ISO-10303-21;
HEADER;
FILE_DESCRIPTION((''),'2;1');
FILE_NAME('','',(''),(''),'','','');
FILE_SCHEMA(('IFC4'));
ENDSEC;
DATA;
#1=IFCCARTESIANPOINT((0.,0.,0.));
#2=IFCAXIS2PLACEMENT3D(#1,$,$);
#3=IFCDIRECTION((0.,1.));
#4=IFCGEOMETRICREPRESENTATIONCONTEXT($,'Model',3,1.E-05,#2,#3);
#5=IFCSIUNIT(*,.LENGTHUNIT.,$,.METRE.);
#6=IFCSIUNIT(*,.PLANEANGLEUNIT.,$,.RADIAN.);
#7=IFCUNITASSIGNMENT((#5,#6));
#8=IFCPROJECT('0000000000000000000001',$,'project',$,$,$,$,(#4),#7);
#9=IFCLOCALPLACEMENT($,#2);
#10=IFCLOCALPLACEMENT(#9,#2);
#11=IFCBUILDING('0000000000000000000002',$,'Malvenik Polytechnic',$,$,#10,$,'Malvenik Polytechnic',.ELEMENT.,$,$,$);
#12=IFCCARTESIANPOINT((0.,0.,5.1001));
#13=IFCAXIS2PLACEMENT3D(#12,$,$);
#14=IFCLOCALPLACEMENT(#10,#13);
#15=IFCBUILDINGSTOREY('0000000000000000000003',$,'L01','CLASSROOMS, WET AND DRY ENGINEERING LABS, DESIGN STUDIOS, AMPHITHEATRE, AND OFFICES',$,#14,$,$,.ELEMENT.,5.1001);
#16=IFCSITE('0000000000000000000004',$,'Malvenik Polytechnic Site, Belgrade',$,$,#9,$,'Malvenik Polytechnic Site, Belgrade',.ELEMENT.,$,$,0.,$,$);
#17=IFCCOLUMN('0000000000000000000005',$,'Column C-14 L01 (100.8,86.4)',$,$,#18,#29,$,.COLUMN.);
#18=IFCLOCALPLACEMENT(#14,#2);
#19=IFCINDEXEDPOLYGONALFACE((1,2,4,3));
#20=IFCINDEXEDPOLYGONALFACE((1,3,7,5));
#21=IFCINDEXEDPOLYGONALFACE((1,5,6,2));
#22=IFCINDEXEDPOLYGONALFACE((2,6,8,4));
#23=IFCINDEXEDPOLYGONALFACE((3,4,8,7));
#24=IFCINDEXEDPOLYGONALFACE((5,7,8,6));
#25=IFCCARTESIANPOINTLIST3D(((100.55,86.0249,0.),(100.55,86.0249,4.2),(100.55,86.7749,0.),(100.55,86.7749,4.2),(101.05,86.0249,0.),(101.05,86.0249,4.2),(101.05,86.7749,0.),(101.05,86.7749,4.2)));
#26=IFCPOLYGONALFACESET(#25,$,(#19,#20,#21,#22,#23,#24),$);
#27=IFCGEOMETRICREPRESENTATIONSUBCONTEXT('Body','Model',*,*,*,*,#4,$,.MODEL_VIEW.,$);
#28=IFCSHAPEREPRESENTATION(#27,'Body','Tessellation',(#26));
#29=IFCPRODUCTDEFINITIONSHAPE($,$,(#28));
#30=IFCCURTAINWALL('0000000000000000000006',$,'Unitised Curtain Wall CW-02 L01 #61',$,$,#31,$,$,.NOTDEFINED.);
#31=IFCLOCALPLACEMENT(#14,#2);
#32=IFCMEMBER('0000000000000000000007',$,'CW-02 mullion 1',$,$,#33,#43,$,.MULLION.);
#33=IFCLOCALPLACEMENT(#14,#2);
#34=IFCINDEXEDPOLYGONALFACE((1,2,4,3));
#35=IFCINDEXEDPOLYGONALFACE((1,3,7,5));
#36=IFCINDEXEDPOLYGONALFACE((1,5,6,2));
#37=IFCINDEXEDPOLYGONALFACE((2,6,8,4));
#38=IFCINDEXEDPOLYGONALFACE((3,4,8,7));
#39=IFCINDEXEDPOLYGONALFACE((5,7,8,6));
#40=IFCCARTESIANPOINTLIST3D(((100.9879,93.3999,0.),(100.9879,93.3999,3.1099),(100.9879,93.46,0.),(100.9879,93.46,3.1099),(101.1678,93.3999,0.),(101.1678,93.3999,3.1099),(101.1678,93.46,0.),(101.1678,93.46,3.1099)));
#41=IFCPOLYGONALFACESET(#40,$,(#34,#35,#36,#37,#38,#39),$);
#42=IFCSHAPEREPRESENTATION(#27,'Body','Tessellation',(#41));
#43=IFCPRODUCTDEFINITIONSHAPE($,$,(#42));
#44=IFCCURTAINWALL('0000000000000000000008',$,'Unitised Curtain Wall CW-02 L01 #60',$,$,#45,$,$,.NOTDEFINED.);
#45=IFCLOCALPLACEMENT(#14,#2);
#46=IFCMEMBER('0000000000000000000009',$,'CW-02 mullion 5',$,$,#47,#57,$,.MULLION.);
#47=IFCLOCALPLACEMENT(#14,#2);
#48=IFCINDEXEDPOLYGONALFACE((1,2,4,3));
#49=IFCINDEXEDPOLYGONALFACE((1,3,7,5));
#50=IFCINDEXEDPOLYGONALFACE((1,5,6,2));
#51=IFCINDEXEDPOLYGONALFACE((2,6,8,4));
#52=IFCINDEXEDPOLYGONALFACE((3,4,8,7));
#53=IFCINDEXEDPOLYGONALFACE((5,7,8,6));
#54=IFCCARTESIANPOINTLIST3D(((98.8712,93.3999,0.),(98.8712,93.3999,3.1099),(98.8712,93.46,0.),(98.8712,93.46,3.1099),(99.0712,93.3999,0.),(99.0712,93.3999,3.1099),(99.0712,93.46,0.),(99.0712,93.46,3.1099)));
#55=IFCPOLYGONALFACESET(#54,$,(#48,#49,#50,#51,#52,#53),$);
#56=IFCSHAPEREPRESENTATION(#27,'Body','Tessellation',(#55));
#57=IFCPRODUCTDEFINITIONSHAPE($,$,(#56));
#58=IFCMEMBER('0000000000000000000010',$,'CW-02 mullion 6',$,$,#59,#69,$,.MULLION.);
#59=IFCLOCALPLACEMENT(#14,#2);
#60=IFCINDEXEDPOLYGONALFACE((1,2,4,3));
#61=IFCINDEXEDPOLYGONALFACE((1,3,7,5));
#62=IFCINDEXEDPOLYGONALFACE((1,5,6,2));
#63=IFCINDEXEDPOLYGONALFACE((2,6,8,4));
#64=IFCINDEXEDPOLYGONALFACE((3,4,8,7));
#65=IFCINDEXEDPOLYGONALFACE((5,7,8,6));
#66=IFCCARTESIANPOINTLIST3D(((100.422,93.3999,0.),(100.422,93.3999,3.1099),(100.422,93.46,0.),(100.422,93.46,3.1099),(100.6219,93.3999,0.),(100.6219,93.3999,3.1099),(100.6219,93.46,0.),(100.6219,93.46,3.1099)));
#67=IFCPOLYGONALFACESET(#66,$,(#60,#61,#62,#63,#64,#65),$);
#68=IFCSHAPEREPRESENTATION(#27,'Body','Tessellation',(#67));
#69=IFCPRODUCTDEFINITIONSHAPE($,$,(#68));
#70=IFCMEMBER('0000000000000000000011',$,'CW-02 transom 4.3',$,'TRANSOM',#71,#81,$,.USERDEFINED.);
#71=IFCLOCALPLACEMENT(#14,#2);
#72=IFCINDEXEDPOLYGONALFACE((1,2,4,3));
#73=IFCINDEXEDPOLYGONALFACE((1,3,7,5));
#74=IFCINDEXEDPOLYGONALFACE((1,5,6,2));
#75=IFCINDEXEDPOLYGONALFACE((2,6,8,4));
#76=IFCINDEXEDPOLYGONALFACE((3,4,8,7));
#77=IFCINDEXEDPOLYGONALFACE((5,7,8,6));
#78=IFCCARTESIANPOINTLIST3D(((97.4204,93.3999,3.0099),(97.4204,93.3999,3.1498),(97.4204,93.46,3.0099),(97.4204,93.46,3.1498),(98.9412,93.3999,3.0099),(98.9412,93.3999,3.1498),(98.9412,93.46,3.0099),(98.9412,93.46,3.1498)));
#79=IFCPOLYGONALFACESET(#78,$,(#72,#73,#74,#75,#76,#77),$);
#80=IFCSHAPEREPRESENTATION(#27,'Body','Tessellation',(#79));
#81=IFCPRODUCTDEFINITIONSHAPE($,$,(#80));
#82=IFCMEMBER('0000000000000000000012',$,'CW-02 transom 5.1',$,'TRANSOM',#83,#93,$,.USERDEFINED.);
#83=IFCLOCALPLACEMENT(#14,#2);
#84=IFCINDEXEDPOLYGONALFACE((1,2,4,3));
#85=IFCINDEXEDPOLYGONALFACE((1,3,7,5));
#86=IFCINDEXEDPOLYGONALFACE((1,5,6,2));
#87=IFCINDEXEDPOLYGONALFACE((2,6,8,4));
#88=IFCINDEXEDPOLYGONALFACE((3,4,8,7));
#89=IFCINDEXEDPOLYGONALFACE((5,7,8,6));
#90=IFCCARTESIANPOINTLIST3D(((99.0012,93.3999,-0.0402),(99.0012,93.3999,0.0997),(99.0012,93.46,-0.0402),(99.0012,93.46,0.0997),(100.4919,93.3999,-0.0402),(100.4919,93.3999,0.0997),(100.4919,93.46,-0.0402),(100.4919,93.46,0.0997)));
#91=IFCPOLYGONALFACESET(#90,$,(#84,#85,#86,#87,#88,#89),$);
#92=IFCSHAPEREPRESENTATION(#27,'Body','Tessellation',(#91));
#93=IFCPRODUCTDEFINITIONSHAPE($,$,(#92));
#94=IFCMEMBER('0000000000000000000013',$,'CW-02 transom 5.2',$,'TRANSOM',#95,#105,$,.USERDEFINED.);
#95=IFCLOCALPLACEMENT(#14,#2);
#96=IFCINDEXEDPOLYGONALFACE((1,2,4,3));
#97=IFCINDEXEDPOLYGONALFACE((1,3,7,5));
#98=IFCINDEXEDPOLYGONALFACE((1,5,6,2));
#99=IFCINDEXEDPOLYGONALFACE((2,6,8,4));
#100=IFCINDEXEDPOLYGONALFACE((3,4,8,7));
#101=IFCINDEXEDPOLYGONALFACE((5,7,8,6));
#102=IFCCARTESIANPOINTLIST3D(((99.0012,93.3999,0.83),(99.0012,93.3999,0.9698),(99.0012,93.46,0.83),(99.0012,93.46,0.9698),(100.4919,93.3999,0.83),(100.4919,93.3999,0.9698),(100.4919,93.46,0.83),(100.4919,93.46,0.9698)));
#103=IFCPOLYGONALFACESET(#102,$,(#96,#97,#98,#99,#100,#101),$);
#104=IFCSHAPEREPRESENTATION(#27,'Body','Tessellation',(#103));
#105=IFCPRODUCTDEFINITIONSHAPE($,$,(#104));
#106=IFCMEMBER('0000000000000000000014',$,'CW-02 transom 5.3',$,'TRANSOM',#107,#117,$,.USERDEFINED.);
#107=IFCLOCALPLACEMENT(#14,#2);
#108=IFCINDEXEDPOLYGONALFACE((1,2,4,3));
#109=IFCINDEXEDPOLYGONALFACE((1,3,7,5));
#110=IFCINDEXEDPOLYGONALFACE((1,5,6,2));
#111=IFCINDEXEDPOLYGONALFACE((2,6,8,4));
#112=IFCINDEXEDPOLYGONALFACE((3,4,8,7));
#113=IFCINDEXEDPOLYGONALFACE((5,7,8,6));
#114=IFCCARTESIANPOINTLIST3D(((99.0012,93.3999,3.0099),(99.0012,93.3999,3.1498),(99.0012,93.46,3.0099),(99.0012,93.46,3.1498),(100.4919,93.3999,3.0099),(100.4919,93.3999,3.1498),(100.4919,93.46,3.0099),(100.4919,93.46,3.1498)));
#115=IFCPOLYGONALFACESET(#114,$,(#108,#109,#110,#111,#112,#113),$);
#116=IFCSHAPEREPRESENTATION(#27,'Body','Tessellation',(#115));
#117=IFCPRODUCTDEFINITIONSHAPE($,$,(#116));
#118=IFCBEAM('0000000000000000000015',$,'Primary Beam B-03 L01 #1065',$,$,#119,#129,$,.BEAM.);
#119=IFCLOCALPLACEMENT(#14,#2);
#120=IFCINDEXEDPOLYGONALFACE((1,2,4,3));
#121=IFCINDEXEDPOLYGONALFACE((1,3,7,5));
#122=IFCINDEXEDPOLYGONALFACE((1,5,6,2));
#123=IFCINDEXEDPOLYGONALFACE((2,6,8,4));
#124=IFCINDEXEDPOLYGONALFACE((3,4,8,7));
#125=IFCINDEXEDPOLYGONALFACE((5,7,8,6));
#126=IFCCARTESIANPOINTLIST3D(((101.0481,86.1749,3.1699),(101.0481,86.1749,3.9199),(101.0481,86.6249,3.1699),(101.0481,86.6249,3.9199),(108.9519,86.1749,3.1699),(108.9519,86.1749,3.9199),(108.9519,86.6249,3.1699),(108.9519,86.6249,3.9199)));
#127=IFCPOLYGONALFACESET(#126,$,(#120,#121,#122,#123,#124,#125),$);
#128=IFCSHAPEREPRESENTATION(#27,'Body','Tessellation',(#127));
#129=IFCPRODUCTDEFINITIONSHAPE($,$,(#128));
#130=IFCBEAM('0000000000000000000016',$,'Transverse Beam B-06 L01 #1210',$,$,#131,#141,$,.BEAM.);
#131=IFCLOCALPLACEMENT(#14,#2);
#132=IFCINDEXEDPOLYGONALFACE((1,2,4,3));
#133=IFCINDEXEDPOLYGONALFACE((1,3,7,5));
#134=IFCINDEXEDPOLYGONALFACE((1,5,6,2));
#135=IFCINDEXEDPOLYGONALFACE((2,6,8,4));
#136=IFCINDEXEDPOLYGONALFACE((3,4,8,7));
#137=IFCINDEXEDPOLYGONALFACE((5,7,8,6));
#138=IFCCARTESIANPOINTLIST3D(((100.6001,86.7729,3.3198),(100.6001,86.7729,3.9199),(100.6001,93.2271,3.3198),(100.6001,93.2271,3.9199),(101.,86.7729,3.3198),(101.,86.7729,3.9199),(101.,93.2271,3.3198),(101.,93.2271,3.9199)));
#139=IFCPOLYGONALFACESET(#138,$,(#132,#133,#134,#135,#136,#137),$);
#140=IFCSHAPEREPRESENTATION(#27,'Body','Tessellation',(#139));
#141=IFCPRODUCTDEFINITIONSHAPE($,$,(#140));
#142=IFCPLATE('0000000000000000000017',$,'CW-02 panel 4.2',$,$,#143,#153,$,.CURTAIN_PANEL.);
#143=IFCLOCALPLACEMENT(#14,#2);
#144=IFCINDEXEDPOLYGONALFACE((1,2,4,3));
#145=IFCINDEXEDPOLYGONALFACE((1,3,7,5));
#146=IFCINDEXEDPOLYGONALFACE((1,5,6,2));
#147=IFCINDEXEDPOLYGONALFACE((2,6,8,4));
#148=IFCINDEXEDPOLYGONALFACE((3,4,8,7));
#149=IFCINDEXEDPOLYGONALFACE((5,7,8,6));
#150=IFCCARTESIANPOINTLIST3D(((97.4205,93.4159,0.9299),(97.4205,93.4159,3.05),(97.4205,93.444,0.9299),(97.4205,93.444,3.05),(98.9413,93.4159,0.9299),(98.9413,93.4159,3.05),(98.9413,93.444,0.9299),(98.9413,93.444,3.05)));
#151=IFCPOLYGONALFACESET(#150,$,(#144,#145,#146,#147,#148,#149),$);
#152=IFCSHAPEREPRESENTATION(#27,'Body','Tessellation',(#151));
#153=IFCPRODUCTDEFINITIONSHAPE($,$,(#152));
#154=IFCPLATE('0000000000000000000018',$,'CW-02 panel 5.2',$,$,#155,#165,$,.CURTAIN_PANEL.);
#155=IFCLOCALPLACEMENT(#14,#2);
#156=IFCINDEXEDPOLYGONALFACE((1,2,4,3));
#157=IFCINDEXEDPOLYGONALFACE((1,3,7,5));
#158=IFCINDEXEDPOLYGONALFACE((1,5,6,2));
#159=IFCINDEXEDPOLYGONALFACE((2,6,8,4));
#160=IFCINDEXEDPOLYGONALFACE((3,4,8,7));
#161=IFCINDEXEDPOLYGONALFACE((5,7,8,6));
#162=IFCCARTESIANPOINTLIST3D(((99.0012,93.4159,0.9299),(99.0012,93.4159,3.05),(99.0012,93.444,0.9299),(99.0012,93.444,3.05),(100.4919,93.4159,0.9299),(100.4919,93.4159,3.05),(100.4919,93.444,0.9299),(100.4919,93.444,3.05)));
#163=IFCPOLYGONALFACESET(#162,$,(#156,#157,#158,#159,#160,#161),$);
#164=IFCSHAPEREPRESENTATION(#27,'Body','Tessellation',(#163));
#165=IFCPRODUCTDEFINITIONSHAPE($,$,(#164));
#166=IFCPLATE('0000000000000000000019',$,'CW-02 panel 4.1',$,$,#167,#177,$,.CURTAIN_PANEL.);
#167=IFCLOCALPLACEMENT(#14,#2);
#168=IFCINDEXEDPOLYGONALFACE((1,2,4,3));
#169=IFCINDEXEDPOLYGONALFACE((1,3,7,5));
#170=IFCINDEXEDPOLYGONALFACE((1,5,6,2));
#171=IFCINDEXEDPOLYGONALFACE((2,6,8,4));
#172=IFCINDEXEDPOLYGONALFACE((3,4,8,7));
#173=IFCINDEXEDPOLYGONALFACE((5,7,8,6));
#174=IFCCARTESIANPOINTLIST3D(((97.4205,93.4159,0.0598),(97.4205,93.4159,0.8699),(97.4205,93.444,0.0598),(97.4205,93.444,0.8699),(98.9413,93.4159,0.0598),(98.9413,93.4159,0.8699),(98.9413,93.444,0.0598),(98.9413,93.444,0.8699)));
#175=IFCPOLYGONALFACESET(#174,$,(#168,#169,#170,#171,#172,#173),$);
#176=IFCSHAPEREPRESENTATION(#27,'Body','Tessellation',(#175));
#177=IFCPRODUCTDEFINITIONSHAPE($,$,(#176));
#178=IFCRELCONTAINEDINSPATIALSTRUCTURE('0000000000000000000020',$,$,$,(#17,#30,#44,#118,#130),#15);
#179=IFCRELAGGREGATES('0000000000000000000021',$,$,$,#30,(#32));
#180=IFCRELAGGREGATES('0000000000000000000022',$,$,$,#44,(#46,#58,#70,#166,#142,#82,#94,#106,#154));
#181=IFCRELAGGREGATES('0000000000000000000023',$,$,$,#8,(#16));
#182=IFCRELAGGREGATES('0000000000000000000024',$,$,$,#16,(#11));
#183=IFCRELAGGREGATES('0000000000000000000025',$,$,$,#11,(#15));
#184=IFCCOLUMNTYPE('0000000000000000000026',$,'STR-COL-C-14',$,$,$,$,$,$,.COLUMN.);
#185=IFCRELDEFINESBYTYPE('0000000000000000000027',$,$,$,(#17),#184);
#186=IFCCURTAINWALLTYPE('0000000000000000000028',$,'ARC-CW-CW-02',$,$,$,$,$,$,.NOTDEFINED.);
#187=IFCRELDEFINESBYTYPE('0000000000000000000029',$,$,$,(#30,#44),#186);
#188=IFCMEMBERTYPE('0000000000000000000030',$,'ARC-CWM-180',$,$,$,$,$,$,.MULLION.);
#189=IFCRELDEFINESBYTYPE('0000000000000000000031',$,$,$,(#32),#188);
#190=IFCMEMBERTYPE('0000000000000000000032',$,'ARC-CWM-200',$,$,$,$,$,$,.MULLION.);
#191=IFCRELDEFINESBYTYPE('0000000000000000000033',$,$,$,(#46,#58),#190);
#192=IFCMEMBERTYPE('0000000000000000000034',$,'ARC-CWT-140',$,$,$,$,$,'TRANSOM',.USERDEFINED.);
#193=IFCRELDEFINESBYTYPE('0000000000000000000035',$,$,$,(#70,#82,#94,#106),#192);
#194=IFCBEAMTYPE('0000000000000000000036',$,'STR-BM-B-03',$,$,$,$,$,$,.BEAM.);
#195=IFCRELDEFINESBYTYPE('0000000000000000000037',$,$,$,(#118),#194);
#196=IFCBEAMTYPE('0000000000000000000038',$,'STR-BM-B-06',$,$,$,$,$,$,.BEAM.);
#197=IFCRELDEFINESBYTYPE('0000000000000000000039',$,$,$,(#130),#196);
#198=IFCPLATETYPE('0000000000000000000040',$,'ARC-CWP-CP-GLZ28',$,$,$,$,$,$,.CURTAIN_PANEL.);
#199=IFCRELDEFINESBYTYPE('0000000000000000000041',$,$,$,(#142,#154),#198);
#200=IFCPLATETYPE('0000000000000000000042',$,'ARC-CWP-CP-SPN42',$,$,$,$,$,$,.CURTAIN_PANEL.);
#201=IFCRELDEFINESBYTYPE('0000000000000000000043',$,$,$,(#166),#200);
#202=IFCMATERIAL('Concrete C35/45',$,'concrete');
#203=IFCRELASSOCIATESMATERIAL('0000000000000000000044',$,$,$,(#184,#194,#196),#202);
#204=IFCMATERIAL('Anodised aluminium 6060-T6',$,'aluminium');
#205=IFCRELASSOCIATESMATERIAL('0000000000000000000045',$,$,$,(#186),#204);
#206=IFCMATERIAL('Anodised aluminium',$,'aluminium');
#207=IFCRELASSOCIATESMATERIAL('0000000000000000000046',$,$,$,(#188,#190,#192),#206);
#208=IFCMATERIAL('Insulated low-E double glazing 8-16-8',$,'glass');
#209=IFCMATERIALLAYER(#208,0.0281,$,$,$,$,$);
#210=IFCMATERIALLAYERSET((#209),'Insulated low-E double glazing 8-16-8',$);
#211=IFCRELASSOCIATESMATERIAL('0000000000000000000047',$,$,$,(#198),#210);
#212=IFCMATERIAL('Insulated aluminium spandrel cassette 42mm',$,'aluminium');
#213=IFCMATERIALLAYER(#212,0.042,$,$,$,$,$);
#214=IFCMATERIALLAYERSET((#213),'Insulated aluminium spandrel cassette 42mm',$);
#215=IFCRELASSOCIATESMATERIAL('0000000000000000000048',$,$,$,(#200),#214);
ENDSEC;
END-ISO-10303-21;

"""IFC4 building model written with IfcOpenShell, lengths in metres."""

from ifc_helpers import new_model, si_unit, direction, frame, origin, origin_2d, place, context, subcontext, project, spatial, rectangle, extrude, material, layer, layer_set, material_profile, profile_set, type_object, element, aggregate, save


model = new_model("IFC4")

# Units and contexts
model_context = context("Model", 3, precision=1e-05, world=origin(), true_north=direction((0.0, 1.0)))
body_context = subcontext(model_context, "Body", "Model", "MODEL_VIEW")
ifc_project = project(units=[si_unit("LENGTHUNIT", "METRE"), si_unit("PLANEANGLEUNIT", "RADIAN")], contexts=[model_context])

# Site, building, storey
site_placement = place(None, origin())
site = spatial("IfcSite", under=ifc_project, at=site_placement, Name="Malvenik Polytechnic Site, Belgrade", LongName="Malvenik Polytechnic Site, Belgrade", CompositionType="ELEMENT", RefElevation=0.0)
building_placement = place(site_placement, origin())
building = spatial("IfcBuilding", under=site, at=building_placement, Name="Malvenik Polytechnic", LongName="Malvenik Polytechnic", CompositionType="ELEMENT")
storey_placement = place(building_placement, frame((0.0, 0.0, 5.1001)))
storey = spatial("IfcBuildingStorey", under=building, at=storey_placement, Name="L01", Description="CLASSROOMS, WET AND DRY ENGINEERING LABS, DESIGN STUDIOS, AMPHITHEATRE, AND OFFICES", CompositionType="ELEMENT", Elevation=5.1001)

# Column
ifc_material_1 = material(Name="Concrete C35/45", Category="concrete")
ifc_material_profile_1 = material_profile(ifc_material_1, rectangle(XDim=0.5, YDim=0.75, at=origin_2d()), Name="RC COL 750x500")
ifc_profile_set_1 = profile_set([ifc_material_profile_1], Name="Concrete C35/45")
column_type = type_object("IfcColumnType", Name="STR-COL-C-14", PredefinedType="COLUMN", material=ifc_profile_set_1)
column_placement = place(storey_placement, frame((100.8, 86.3999, 0.0), z_axis=(0.0, 0.0, 1.0), x_axis=(1.0, 0.0, 0.0)))
element("IfcColumn", 1, at=column_placement, inside=storey, type_object=column_type, Name="Column C-14 L01 (100.8,86.4)", PredefinedType="COLUMN", context=body_context, shape_type="SweptSolid", body=[
    extrude(rectangle(XDim=0.5, YDim=0.75, at=origin_2d()), origin(), (0.0, 0.0, 1.0), 4.2),
])

# Curtain wall, member
ifc_material_2 = material(Name="Anodised aluminium 6060-T6", Category="aluminium")
curtain_wall_type = type_object("IfcCurtainWallType", Name="ARC-CW-CW-02", PredefinedType="NOTDEFINED", material=ifc_material_2)
curtain_wall_1_placement = place(storey_placement, origin())
curtain_wall_1 = element("IfcCurtainWall", 2, at=curtain_wall_1_placement, inside=storey, type_object=curtain_wall_type, Name="Unitised Curtain Wall CW-02 L01 #61", PredefinedType="NOTDEFINED")
ifc_material_3 = material(Name="Anodised aluminium", Category="aluminium")
ifc_material_profile_2 = material_profile(ifc_material_3, rectangle(XDim=0.0601, YDim=0.1799, at=origin_2d()), Name="ALU MULLION 60x180")
ifc_profile_set_2 = profile_set([ifc_material_profile_2], Name="Anodised aluminium")
member_type_1 = type_object("IfcMemberType", Name="ARC-CWM-180", PredefinedType="MULLION", material=ifc_profile_set_2)
member_1_placement = place(storey_placement, frame((101.0779, 93.4299, 0.0), z_axis=(0.0, 0.0, 1.0), x_axis=(0.0, 1.0, 0.0)))
member_1 = element("IfcMember", 3, at=member_1_placement, type_object=member_type_1, Name="CW-02 mullion 1", PredefinedType="MULLION", context=body_context, shape_type="SweptSolid", body=[
    extrude(rectangle(XDim=0.0601, YDim=0.1799, at=origin_2d()), origin(), (0.0, 0.0, 1.0), 3.1099),
])
aggregate(curtain_wall_1, [member_1])

# Curtain wall, members
curtain_wall_2_placement = place(storey_placement, origin())
curtain_wall_2 = element("IfcCurtainWall", 4, at=curtain_wall_2_placement, inside=storey, type_object=curtain_wall_type, Name="Unitised Curtain Wall CW-02 L01 #60", PredefinedType="NOTDEFINED")
ifc_material_profile_3 = material_profile(ifc_material_3, rectangle(XDim=0.0601, YDim=0.2, at=origin_2d()), Name="ALU MULLION 60x200")
ifc_profile_set_3 = profile_set([ifc_material_profile_3], Name="Anodised aluminium")
member_type_2 = type_object("IfcMemberType", Name="ARC-CWM-200", PredefinedType="MULLION", material=ifc_profile_set_3)
member_2_placement = place(storey_placement, frame((98.9712, 93.4299, 0.0), z_axis=(0.0, 0.0, 1.0), x_axis=(0.0, 1.0, 0.0)))
member_2 = element("IfcMember", 5, at=member_2_placement, type_object=member_type_2, Name="CW-02 mullion 5", PredefinedType="MULLION", context=body_context, shape_type="SweptSolid", body=[
    extrude(rectangle(XDim=0.0601, YDim=0.2, at=origin_2d()), origin(), (0.0, 0.0, 1.0), 3.1099),
])
member_3_placement = place(storey_placement, frame((100.522, 93.4299, 0.0), z_axis=(0.0, 0.0, 1.0), x_axis=(0.0, 1.0, 0.0)))
member_3 = element("IfcMember", 6, at=member_3_placement, type_object=member_type_2, Name="CW-02 mullion 6", PredefinedType="MULLION", context=body_context, shape_type="SweptSolid", body=[
    extrude(rectangle(XDim=0.0601, YDim=0.2, at=origin_2d()), origin(), (0.0, 0.0, 1.0), 3.1099),
])
ifc_material_profile_4 = material_profile(ifc_material_3, rectangle(XDim=0.0601, YDim=0.1399, at=origin_2d()), Name="ALU TRANSOM 60x140")
ifc_profile_set_4 = profile_set([ifc_material_profile_4], Name="Anodised aluminium")
member_type_3 = type_object("IfcMemberType", Name="ARC-CWT-140", ElementType="TRANSOM", PredefinedType="USERDEFINED", material=ifc_profile_set_4)
member_4_placement = place(storey_placement, frame((97.4204, 93.4299, 3.0798), z_axis=(1.0, 0.0, 0.0), x_axis=(0.0, 1.0, 0.0)))
member_4 = element("IfcMember", 7, at=member_4_placement, type_object=member_type_3, Name="CW-02 transom 4.3", ObjectType="TRANSOM", PredefinedType="USERDEFINED", context=body_context, shape_type="SweptSolid", body=[
    extrude(rectangle(XDim=0.0601, YDim=0.1399, at=origin_2d()), origin(), (0.0, 0.0, 1.0), 1.5208),
])
member_5_placement = place(storey_placement, frame((99.0012, 93.4299, 0.0298), z_axis=(1.0, 0.0, 0.0), x_axis=(0.0, 1.0, 0.0)))
member_5 = element("IfcMember", 8, at=member_5_placement, type_object=member_type_3, Name="CW-02 transom 5.1", ObjectType="TRANSOM", PredefinedType="USERDEFINED", context=body_context, shape_type="SweptSolid", body=[
    extrude(rectangle(XDim=0.0601, YDim=0.1399, at=origin_2d()), origin(), (0.0, 0.0, 1.0), 1.4907),
])
member_6_placement = place(storey_placement, frame((99.0012, 93.4299, 0.8999), z_axis=(1.0, 0.0, 0.0), x_axis=(0.0, 1.0, 0.0)))
member_6 = element("IfcMember", 9, at=member_6_placement, type_object=member_type_3, Name="CW-02 transom 5.2", ObjectType="TRANSOM", PredefinedType="USERDEFINED", context=body_context, shape_type="SweptSolid", body=[
    extrude(rectangle(XDim=0.0601, YDim=0.1399, at=origin_2d()), origin(), (0.0, 0.0, 1.0), 1.4907),
])
member_7_placement = place(storey_placement, frame((99.0012, 93.4299, 3.0798), z_axis=(1.0, 0.0, 0.0), x_axis=(0.0, 1.0, 0.0)))
member_7 = element("IfcMember", 10, at=member_7_placement, type_object=member_type_3, Name="CW-02 transom 5.3", ObjectType="TRANSOM", PredefinedType="USERDEFINED", context=body_context, shape_type="SweptSolid", body=[
    extrude(rectangle(XDim=0.0601, YDim=0.1399, at=origin_2d()), origin(), (0.0, 0.0, 1.0), 1.4907),
])

# Beams
ifc_material_profile_5 = material_profile(ifc_material_1, rectangle(XDim=0.45, YDim=0.75, at=origin_2d()), Name="RC BM 450x750")
ifc_profile_set_5 = profile_set([ifc_material_profile_5], Name="Concrete C35/45")
beam_type_1 = type_object("IfcBeamType", Name="STR-BM-B-03", PredefinedType="BEAM", material=ifc_profile_set_5)
beam_1_placement = place(storey_placement, frame((101.0481, 86.3999, 3.5449), z_axis=(1.0, 0.0, 0.0), x_axis=(0.0, 1.0, 0.0)))
element("IfcBeam", 11, at=beam_1_placement, inside=storey, type_object=beam_type_1, Name="Primary Beam B-03 L01 #1065", PredefinedType="BEAM", context=body_context, shape_type="SweptSolid", body=[
    extrude(rectangle(XDim=0.45, YDim=0.75, at=origin_2d()), origin(), (0.0, 0.0, 1.0), 7.9038),
])
ifc_material_profile_6 = material_profile(ifc_material_1, rectangle(XDim=0.3999, YDim=0.6001, at=origin_2d()), Name="RC BM 400x600")
ifc_profile_set_6 = profile_set([ifc_material_profile_6], Name="Concrete C35/45")
beam_type_2 = type_object("IfcBeamType", Name="STR-BM-B-06", PredefinedType="BEAM", material=ifc_profile_set_6)
beam_2_placement = place(storey_placement, frame((100.8, 86.7729, 3.6199), z_axis=(0.0, 1.0, 0.0), x_axis=(-1.0, 0.0, 0.0)))
element("IfcBeam", 12, at=beam_2_placement, inside=storey, type_object=beam_type_2, Name="Transverse Beam B-06 L01 #1210", PredefinedType="BEAM", context=body_context, shape_type="SweptSolid", body=[
    extrude(rectangle(XDim=0.3999, YDim=0.6001, at=origin_2d()), origin(), (0.0, 0.0, 1.0), 6.4541),
])

# Plates
ifc_material_4 = material(Name="Insulated low-E double glazing 8-16-8", Category="glass")
ifc_layer_1 = layer(ifc_material_4, 0.0281)
ifc_layer_set_1 = layer_set([ifc_layer_1], Name="Insulated low-E double glazing 8-16-8")
plate_type_1 = type_object("IfcPlateType", Name="ARC-CWP-CP-GLZ28", PredefinedType="CURTAIN_PANEL", material=ifc_layer_set_1)
plate_1_placement = place(storey_placement, frame((98.1809, 93.4299, 0.9299), z_axis=(0.0, 0.0, 1.0), x_axis=(1.0, 0.0, 0.0)))
plate_1 = element("IfcPlate", 13, at=plate_1_placement, type_object=plate_type_1, Name="CW-02 panel 4.2", PredefinedType="CURTAIN_PANEL", context=body_context, shape_type="SweptSolid", body=[
    extrude(rectangle(XDim=1.5208, YDim=0.0281, at=origin_2d()), origin(), (0.0, 0.0, 1.0), 2.1201),
])
plate_2_placement = place(storey_placement, frame((99.7466, 93.4299, 0.9299), z_axis=(0.0, 0.0, 1.0), x_axis=(1.0, 0.0, 0.0)))
plate_2 = element("IfcPlate", 14, at=plate_2_placement, type_object=plate_type_1, Name="CW-02 panel 5.2", PredefinedType="CURTAIN_PANEL", context=body_context, shape_type="SweptSolid", body=[
    extrude(rectangle(XDim=1.4907, YDim=0.0281, at=origin_2d()), origin(), (0.0, 0.0, 1.0), 2.1201),
])
ifc_material_5 = material(Name="Insulated aluminium spandrel cassette 42mm", Category="aluminium")
ifc_layer_2 = layer(ifc_material_5, 0.042)
ifc_layer_set_2 = layer_set([ifc_layer_2], Name="Insulated aluminium spandrel cassette 42mm")
plate_type_2 = type_object("IfcPlateType", Name="ARC-CWP-CP-SPN42", PredefinedType="CURTAIN_PANEL", material=ifc_layer_set_2)
plate_3_placement = place(storey_placement, frame((98.1809, 93.4299, 0.0598), z_axis=(0.0, 0.0, 1.0), x_axis=(1.0, 0.0, 0.0)))
plate_3 = element("IfcPlate", 15, at=plate_3_placement, type_object=plate_type_2, Name="CW-02 panel 4.1", PredefinedType="CURTAIN_PANEL", context=body_context, shape_type="SweptSolid", body=[
    extrude(rectangle(XDim=1.5208, YDim=0.0281, at=origin_2d()), origin(), (0.0, 0.0, 1.0), 0.8101),
])
aggregate(curtain_wall_2, [member_2, member_3, member_4, plate_3, plate_1, member_5, member_6, member_7, plate_2])

save(model, "model.ifc")
